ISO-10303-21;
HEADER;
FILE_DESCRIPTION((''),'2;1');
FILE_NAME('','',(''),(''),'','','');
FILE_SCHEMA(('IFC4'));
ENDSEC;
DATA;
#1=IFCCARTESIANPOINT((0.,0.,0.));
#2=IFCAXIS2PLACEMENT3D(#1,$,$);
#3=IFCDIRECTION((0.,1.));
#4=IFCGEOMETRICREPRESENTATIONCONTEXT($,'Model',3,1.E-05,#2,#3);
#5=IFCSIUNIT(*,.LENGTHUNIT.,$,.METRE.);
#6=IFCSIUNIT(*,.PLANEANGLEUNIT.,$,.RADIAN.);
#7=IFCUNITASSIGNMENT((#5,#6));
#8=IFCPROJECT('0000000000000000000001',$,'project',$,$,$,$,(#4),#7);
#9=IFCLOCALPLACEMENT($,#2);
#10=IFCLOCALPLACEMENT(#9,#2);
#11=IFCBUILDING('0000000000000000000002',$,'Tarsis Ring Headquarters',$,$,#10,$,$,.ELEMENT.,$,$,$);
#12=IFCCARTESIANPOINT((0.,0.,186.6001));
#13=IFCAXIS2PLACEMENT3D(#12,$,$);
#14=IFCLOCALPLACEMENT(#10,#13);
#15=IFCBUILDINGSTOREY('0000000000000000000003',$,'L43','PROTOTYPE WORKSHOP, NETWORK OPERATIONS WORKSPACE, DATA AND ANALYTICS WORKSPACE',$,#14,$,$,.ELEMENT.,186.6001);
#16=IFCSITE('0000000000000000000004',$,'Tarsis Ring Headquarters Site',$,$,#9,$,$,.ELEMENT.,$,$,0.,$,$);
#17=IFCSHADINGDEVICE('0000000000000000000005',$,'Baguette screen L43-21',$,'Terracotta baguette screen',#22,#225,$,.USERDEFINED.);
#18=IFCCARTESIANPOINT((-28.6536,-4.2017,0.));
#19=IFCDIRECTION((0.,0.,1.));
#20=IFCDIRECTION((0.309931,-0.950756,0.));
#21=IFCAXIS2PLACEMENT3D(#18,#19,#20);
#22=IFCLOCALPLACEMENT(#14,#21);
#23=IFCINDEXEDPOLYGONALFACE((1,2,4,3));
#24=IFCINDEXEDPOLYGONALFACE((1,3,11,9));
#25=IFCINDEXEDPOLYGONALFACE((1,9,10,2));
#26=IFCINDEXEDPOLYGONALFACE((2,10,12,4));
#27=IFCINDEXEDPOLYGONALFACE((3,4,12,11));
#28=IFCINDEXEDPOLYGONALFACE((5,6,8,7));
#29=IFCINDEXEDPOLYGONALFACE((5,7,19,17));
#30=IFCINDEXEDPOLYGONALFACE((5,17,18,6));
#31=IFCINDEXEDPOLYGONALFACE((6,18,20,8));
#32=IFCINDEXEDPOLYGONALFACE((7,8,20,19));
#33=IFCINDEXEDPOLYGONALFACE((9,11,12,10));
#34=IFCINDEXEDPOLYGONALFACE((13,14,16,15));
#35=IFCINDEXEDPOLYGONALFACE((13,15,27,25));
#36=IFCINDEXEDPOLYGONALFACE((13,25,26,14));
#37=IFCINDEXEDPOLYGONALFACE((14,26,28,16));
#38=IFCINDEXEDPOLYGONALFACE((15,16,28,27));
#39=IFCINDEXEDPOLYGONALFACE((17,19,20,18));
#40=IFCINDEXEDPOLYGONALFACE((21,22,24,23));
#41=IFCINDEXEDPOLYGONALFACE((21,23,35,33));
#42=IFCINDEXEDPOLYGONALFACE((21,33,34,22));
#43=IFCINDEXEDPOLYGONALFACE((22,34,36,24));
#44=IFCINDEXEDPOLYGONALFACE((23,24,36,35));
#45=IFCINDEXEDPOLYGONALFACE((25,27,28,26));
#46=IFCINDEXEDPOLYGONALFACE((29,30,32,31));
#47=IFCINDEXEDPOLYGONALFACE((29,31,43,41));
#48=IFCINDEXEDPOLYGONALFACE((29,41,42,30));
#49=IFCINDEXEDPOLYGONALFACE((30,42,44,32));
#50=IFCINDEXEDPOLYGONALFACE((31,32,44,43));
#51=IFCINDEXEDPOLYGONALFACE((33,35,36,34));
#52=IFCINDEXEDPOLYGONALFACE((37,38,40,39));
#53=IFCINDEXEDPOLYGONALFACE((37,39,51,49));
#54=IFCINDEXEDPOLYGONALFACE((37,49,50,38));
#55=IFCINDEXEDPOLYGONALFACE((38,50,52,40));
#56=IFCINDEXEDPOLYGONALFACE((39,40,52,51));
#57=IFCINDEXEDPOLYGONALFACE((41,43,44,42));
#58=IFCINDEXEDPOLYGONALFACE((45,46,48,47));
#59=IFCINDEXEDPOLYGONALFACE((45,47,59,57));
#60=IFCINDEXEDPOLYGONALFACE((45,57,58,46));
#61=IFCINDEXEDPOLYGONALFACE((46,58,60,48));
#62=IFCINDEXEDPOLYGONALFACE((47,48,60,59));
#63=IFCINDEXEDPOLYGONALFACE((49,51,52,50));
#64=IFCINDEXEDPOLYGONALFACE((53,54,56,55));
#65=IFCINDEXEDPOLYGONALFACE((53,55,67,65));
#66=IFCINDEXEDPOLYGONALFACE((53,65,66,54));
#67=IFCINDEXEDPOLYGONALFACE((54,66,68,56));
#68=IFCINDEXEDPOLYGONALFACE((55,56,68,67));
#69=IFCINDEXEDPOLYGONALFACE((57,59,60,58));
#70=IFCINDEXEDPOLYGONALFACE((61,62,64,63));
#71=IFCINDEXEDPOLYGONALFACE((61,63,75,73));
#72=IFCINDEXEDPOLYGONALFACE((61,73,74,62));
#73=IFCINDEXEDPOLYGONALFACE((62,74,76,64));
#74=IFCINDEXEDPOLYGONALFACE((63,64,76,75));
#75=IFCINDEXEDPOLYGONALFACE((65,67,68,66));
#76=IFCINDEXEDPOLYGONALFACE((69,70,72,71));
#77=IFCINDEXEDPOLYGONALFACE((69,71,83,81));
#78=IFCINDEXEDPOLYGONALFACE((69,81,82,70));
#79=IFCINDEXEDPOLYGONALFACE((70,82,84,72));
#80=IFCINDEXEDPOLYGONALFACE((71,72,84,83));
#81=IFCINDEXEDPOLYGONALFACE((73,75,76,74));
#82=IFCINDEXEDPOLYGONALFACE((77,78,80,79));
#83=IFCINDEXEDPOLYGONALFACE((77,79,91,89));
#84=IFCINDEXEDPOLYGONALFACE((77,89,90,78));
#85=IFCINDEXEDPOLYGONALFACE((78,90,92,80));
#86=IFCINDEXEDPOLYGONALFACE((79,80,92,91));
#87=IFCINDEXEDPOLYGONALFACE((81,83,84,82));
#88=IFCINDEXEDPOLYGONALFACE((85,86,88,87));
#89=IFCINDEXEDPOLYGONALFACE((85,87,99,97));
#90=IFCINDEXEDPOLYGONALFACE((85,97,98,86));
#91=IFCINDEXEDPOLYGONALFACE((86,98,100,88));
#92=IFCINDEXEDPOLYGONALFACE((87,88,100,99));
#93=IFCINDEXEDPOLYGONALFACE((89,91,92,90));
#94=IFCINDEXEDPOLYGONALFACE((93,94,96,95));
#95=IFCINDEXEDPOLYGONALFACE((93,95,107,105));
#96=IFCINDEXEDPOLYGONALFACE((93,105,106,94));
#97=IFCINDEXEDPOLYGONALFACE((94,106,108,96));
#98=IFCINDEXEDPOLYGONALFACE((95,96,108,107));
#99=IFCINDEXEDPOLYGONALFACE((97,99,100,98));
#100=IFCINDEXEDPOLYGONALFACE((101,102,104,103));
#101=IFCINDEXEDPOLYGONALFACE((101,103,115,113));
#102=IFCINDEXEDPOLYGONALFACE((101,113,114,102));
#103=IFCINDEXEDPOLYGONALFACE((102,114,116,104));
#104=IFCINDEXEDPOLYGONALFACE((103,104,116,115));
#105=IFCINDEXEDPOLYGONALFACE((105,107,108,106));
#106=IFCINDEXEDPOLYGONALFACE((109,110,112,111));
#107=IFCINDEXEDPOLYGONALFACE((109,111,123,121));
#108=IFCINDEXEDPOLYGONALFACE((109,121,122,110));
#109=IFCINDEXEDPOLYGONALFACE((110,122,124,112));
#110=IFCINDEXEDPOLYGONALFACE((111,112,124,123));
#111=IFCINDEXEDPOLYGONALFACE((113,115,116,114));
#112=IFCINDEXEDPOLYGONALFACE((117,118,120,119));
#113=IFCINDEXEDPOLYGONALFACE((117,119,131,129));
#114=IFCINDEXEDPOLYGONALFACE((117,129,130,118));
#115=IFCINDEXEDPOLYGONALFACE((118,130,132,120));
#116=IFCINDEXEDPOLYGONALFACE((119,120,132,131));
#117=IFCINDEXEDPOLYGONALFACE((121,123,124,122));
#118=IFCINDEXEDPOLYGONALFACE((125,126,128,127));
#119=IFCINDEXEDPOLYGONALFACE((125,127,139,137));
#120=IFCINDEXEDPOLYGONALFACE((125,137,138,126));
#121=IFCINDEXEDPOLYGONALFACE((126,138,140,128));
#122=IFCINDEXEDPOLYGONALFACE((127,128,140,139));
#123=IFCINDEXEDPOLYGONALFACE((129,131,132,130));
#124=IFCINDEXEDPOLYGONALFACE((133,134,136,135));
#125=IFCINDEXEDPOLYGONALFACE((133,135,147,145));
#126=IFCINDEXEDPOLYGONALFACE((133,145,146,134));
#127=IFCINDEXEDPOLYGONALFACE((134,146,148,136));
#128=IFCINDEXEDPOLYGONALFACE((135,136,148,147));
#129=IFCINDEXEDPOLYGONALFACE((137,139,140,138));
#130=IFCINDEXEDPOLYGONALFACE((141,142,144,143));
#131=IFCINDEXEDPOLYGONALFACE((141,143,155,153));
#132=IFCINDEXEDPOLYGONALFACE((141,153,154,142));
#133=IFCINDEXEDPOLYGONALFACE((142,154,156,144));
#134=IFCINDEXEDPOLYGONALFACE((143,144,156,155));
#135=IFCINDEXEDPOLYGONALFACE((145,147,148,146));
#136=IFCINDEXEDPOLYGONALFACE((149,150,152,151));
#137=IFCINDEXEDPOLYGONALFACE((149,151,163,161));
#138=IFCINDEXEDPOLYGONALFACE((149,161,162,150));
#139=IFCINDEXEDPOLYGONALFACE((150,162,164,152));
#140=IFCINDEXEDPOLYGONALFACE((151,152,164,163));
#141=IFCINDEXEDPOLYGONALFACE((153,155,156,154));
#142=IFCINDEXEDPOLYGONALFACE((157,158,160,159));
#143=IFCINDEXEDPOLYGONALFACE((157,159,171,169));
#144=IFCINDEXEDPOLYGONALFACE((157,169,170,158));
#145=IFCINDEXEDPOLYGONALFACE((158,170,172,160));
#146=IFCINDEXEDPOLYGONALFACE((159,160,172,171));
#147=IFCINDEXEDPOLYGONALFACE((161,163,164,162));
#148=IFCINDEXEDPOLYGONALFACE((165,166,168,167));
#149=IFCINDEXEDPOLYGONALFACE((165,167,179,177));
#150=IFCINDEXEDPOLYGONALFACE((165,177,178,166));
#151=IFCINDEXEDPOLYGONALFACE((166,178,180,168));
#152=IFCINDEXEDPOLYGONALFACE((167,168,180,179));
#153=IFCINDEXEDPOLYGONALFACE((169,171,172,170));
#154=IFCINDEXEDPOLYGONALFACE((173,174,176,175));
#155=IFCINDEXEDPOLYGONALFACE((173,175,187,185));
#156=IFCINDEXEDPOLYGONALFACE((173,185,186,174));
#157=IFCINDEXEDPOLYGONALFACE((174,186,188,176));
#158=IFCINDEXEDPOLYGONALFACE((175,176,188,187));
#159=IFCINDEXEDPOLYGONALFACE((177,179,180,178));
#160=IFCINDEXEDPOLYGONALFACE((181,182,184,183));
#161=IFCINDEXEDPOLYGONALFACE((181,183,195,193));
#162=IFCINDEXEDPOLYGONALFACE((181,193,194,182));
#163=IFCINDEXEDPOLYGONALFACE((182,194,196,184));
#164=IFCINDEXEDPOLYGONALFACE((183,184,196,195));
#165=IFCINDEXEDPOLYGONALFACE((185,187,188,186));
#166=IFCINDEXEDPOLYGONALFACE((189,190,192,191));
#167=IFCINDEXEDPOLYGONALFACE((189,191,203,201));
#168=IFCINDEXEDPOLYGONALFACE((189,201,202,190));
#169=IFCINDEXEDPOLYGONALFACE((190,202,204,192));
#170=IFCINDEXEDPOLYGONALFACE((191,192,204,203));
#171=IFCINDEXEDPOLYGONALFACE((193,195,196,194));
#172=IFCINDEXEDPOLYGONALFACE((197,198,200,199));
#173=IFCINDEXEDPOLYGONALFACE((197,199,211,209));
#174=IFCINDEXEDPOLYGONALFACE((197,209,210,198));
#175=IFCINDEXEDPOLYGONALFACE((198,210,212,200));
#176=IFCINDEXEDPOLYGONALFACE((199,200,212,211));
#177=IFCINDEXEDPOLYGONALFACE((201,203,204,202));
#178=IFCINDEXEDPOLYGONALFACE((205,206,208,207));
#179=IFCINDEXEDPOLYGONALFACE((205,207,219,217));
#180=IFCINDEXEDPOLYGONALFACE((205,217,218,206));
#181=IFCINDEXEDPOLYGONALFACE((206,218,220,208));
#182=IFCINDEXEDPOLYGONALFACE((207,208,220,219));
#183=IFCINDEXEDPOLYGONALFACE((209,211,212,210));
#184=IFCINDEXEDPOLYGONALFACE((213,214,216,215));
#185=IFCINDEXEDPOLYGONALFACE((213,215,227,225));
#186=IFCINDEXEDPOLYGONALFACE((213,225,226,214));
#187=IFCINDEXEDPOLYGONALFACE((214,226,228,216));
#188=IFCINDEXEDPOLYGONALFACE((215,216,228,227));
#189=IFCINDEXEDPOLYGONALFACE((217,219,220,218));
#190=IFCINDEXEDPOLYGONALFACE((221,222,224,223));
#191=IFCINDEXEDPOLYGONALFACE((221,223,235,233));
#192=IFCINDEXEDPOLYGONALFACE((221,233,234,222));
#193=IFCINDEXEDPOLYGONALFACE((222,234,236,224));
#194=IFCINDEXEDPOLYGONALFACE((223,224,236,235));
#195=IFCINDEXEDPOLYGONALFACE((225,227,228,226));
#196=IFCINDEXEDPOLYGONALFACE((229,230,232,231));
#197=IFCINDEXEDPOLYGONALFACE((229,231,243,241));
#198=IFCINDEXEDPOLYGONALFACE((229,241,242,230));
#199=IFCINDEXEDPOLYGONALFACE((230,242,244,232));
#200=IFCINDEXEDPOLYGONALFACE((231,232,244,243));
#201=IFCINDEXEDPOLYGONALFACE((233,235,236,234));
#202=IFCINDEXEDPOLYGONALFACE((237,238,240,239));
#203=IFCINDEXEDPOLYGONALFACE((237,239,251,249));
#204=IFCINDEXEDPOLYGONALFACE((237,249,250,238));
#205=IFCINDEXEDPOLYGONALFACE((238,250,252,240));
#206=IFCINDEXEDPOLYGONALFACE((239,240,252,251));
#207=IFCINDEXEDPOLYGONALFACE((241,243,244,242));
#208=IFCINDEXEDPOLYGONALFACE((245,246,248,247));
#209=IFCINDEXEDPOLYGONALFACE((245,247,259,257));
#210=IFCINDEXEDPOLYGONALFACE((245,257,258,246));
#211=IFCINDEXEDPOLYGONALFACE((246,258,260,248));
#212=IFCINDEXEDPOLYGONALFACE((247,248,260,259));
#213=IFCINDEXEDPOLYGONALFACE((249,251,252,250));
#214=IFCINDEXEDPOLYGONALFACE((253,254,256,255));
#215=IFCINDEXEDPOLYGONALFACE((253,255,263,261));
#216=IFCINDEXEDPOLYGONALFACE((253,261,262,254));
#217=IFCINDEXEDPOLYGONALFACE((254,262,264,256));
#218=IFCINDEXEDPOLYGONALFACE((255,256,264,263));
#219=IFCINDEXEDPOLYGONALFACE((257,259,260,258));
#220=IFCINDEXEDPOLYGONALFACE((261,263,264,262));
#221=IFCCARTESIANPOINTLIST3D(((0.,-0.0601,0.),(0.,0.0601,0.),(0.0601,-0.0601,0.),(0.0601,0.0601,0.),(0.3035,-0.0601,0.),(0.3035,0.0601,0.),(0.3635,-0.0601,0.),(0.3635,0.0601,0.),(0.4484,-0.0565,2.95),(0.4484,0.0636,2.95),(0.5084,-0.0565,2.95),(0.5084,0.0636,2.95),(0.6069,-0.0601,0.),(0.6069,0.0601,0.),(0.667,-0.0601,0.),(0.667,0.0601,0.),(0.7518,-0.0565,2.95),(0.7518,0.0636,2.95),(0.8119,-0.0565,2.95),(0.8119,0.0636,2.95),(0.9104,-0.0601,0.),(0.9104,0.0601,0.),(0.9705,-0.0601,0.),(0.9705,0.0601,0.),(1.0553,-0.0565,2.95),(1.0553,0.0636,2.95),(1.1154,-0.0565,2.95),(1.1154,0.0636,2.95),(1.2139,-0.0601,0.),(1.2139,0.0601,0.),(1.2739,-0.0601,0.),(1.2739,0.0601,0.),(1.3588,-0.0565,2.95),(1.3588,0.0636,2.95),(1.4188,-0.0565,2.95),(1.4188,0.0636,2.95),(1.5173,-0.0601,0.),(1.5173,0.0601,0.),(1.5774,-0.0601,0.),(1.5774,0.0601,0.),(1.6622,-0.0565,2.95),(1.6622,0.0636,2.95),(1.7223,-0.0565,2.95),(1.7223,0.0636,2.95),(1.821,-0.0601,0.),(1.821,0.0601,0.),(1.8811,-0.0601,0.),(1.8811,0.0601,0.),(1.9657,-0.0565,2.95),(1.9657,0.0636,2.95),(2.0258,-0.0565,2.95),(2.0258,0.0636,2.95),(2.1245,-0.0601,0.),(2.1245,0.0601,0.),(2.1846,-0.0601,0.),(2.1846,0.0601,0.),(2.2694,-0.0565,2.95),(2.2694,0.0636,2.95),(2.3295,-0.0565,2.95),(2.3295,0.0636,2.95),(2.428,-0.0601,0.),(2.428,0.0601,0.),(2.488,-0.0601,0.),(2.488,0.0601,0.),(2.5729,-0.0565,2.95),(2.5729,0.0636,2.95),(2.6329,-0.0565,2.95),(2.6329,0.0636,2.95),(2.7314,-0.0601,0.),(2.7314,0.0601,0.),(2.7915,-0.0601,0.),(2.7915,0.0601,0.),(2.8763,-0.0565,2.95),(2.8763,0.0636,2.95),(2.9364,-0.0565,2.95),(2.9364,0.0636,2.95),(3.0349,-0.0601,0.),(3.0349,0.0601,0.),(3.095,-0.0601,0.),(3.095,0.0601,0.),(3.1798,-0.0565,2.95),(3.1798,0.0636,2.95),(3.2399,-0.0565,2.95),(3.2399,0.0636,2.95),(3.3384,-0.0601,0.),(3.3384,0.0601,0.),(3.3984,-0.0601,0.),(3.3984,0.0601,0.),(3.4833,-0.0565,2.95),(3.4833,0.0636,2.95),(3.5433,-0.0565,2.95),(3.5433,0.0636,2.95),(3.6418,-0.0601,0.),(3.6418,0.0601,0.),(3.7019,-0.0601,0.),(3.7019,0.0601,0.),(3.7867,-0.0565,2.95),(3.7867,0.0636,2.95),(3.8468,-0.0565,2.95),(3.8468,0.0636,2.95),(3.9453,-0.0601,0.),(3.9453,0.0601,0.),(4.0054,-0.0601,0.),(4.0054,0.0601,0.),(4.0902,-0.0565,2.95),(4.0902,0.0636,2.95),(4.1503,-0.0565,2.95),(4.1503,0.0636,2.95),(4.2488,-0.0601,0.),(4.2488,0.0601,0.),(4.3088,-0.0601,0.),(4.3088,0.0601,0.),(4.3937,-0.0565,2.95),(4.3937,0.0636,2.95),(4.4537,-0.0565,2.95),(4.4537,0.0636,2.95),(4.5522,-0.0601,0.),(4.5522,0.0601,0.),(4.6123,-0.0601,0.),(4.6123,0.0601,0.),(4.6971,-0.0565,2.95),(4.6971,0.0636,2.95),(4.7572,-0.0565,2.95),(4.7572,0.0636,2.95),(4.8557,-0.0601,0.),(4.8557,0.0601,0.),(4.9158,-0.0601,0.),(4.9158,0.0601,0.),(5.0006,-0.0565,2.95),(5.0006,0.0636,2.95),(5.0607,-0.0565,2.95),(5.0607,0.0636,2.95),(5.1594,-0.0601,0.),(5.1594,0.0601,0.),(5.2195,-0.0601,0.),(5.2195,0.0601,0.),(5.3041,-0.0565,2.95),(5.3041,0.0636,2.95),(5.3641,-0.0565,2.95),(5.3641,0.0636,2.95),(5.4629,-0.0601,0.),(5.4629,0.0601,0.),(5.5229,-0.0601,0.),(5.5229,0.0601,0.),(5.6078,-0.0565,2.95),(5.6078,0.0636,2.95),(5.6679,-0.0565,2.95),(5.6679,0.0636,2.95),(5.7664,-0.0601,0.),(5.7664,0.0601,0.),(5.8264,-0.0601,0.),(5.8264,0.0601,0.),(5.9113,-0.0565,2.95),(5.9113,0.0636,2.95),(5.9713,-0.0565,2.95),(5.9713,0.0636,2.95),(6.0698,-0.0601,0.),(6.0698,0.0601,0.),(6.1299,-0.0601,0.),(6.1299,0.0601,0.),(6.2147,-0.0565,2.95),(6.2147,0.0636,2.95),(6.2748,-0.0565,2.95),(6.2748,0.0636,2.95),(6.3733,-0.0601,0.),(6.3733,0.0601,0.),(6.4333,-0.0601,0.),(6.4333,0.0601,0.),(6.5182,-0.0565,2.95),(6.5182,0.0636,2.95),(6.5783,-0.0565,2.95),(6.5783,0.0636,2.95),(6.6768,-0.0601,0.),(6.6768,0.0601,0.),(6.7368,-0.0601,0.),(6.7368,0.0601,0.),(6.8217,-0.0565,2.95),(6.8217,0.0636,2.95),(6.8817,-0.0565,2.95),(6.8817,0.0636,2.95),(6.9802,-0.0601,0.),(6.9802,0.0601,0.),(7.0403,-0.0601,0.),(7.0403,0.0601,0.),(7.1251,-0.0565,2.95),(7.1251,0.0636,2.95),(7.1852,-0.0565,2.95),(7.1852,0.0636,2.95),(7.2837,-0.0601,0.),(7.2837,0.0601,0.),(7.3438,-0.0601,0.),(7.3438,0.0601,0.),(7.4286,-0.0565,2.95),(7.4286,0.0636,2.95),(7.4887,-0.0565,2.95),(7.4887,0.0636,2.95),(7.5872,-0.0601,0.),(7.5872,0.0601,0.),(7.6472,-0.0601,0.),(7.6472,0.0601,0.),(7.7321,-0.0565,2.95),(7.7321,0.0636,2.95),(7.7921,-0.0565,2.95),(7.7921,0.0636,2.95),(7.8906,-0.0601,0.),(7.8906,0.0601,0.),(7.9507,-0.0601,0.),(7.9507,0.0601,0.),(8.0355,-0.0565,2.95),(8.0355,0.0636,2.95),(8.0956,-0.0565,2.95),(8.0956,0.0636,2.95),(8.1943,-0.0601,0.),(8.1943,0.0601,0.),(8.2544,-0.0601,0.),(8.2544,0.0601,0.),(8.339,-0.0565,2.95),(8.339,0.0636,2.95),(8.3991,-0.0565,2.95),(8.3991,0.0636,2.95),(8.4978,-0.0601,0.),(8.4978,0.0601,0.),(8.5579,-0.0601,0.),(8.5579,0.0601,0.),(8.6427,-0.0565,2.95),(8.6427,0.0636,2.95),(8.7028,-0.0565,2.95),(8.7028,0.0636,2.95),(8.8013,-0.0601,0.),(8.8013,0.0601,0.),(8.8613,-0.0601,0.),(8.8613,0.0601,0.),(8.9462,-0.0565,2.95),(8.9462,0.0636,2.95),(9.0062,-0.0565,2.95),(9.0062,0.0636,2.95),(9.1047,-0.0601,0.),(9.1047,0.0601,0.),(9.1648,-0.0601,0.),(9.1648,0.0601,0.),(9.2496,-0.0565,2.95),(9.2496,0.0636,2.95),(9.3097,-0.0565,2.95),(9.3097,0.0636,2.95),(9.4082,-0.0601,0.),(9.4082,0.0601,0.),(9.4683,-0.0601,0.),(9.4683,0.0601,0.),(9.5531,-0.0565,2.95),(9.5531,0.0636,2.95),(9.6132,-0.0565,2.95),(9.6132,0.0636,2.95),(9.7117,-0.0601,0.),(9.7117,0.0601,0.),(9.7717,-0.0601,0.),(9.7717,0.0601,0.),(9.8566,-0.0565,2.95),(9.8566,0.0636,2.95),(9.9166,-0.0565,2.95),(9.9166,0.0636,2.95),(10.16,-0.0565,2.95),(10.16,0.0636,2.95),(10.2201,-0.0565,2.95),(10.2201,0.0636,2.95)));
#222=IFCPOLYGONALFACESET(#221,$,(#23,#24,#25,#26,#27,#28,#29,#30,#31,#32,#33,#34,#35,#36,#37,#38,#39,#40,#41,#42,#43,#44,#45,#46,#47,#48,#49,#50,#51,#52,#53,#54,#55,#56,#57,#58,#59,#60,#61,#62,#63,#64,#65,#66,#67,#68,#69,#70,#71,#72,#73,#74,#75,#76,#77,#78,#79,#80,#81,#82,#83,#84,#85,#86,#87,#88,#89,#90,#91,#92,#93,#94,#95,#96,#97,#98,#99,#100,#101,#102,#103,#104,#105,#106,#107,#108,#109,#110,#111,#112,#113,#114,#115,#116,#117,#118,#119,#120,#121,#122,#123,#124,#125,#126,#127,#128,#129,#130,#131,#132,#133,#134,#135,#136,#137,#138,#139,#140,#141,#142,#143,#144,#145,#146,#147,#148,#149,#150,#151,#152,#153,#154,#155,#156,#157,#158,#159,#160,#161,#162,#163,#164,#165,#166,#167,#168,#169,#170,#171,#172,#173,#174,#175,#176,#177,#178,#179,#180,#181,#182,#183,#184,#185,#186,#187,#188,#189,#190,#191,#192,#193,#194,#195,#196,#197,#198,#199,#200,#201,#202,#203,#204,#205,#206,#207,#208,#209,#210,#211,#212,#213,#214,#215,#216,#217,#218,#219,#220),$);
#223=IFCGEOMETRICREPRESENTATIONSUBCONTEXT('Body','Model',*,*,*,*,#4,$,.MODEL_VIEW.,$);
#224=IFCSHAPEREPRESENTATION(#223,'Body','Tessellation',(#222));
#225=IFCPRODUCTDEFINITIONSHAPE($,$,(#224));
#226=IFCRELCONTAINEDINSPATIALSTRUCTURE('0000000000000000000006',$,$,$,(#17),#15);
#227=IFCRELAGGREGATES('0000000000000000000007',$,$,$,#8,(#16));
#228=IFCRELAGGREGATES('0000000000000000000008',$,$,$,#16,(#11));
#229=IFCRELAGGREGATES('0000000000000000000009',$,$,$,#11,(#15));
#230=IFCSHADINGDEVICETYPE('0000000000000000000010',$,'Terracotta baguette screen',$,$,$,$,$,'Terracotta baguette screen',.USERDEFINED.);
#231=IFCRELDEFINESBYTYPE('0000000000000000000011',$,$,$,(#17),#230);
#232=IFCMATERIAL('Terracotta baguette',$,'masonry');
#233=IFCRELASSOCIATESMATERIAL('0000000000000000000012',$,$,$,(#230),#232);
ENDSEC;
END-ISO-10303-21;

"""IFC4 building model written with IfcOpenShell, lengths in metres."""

from ifc_helpers import new_model, si_unit, direction, frame, frame_2d, origin, place, context, subcontext, project, spatial, rectangle, composite_profile, extrude, material, type_object, element, save


model = new_model("IFC4")

# Units and contexts
model_context = context("Model", 3, precision=1e-05, world=origin(), true_north=direction((0.0, 1.0)))
body_context = subcontext(model_context, "Body", "Model", "MODEL_VIEW")
ifc_project = project(units=[si_unit("LENGTHUNIT", "METRE"), si_unit("PLANEANGLEUNIT", "RADIAN")], contexts=[model_context])

# Site, building, storey
site_placement = place(None, origin())
site = spatial("IfcSite", under=ifc_project, at=site_placement, Name="Tarsis Ring Headquarters Site", CompositionType="ELEMENT", RefElevation=0.0)
building_placement = place(site_placement, origin())
building = spatial("IfcBuilding", under=site, at=building_placement, Name="Tarsis Ring Headquarters", CompositionType="ELEMENT")
storey_placement = place(building_placement, frame((0.0, 0.0, 186.6001)))
storey = spatial("IfcBuildingStorey", under=building, at=storey_placement, Name="L43", Description="PROTOTYPE WORKSHOP, NETWORK OPERATIONS WORKSPACE, DATA AND ANALYTICS WORKSPACE", CompositionType="ELEMENT", Elevation=186.6001)

# Shading device
ifc_material_1 = material(Name="Terracotta baguette", Category="masonry")
shading_device_type = type_object("IfcShadingDeviceType", Name="Terracotta baguette screen", ElementType="Terracotta baguette screen", PredefinedType="USERDEFINED", material=ifc_material_1)
shading_device_1_placement = place(storey_placement, frame((-28.6536, -4.2017, 0.0), z_axis=(0.0, 0.0, 1.0), x_axis=(0.309931, -0.950756, 0.0)))
element("IfcShadingDevice", 1, at=shading_device_1_placement, inside=storey, type_object=shading_device_type, Name="Baguette screen L43-21", ObjectType="Terracotta baguette screen", PredefinedType="USERDEFINED", context=body_context, shape_type="SweptSolid", body=[
    extrude(composite_profile([rectangle(XDim=0.0601, YDim=0.1201, at=frame_2d((0.03, 0.0))), rectangle(XDim=0.0601, YDim=0.1201, at=frame_2d((0.3335, 0.0))), rectangle(XDim=0.0601, YDim=0.1201, at=frame_2d((0.637, 0.0))), rectangle(XDim=0.0601, YDim=0.1201, at=frame_2d((0.9404, 0.0))), rectangle(XDim=0.0601, YDim=0.1201, at=frame_2d((1.2439, 0.0))), rectangle(XDim=0.0601, YDim=0.1201, at=frame_2d((1.5474, 0.0))), rectangle(XDim=0.0601, YDim=0.1201, at=frame_2d((1.8511, 0.0))), rectangle(XDim=0.0601, YDim=0.1201, at=frame_2d((2.1545, 0.0))), rectangle(XDim=0.0601, YDim=0.1201, at=frame_2d((2.458, 0.0))), rectangle(XDim=0.0601, YDim=0.1201, at=frame_2d((2.7615, 0.0))), rectangle(XDim=0.0601, YDim=0.1201, at=frame_2d((3.0649, 0.0))), rectangle(XDim=0.0601, YDim=0.1201, at=frame_2d((3.3684, 0.0))), rectangle(XDim=0.0601, YDim=0.1201, at=frame_2d((3.6719, 0.0))), rectangle(XDim=0.0601, YDim=0.1201, at=frame_2d((3.9753, 0.0))), rectangle(XDim=0.0601, YDim=0.1201, at=frame_2d((4.2788, 0.0))), rectangle(XDim=0.0601, YDim=0.1201, at=frame_2d((4.5823, 0.0))), rectangle(XDim=0.0601, YDim=0.1201, at=frame_2d((4.8857, 0.0))), rectangle(XDim=0.0601, YDim=0.1201, at=frame_2d((5.1895, 0.0))), rectangle(XDim=0.0601, YDim=0.1201, at=frame_2d((5.4929, 0.0))), rectangle(XDim=0.0601, YDim=0.1201, at=frame_2d((5.7964, 0.0))), rectangle(XDim=0.0601, YDim=0.1201, at=frame_2d((6.0999, 0.0))), rectangle(XDim=0.0601, YDim=0.1201, at=frame_2d((6.4033, 0.0))), rectangle(XDim=0.0601, YDim=0.1201, at=frame_2d((6.7068, 0.0))), rectangle(XDim=0.0601, YDim=0.1201, at=frame_2d((7.0103, 0.0))), rectangle(XDim=0.0601, YDim=0.1201, at=frame_2d((7.3137, 0.0))), rectangle(XDim=0.0601, YDim=0.1201, at=frame_2d((7.6172, 0.0))), rectangle(XDim=0.0601, YDim=0.1201, at=frame_2d((7.9207, 0.0))), rectangle(XDim=0.0601, YDim=0.1201, at=frame_2d((8.2244, 0.0))), rectangle(XDim=0.0601, YDim=0.1201, at=frame_2d((8.5278, 0.0))), rectangle(XDim=0.0601, YDim=0.1201, at=frame_2d((8.8313, 0.0))), rectangle(XDim=0.0601, YDim=0.1201, at=frame_2d((9.1348, 0.0))), rectangle(XDim=0.0601, YDim=0.1201, at=frame_2d((9.4382, 0.0))), rectangle(XDim=0.0601, YDim=0.1201, at=frame_2d((9.7417, 0.0)))]), origin(), (0.150264, 0.00118, 0.988645), 2.9839),
])

save(model, "model.ifc")
